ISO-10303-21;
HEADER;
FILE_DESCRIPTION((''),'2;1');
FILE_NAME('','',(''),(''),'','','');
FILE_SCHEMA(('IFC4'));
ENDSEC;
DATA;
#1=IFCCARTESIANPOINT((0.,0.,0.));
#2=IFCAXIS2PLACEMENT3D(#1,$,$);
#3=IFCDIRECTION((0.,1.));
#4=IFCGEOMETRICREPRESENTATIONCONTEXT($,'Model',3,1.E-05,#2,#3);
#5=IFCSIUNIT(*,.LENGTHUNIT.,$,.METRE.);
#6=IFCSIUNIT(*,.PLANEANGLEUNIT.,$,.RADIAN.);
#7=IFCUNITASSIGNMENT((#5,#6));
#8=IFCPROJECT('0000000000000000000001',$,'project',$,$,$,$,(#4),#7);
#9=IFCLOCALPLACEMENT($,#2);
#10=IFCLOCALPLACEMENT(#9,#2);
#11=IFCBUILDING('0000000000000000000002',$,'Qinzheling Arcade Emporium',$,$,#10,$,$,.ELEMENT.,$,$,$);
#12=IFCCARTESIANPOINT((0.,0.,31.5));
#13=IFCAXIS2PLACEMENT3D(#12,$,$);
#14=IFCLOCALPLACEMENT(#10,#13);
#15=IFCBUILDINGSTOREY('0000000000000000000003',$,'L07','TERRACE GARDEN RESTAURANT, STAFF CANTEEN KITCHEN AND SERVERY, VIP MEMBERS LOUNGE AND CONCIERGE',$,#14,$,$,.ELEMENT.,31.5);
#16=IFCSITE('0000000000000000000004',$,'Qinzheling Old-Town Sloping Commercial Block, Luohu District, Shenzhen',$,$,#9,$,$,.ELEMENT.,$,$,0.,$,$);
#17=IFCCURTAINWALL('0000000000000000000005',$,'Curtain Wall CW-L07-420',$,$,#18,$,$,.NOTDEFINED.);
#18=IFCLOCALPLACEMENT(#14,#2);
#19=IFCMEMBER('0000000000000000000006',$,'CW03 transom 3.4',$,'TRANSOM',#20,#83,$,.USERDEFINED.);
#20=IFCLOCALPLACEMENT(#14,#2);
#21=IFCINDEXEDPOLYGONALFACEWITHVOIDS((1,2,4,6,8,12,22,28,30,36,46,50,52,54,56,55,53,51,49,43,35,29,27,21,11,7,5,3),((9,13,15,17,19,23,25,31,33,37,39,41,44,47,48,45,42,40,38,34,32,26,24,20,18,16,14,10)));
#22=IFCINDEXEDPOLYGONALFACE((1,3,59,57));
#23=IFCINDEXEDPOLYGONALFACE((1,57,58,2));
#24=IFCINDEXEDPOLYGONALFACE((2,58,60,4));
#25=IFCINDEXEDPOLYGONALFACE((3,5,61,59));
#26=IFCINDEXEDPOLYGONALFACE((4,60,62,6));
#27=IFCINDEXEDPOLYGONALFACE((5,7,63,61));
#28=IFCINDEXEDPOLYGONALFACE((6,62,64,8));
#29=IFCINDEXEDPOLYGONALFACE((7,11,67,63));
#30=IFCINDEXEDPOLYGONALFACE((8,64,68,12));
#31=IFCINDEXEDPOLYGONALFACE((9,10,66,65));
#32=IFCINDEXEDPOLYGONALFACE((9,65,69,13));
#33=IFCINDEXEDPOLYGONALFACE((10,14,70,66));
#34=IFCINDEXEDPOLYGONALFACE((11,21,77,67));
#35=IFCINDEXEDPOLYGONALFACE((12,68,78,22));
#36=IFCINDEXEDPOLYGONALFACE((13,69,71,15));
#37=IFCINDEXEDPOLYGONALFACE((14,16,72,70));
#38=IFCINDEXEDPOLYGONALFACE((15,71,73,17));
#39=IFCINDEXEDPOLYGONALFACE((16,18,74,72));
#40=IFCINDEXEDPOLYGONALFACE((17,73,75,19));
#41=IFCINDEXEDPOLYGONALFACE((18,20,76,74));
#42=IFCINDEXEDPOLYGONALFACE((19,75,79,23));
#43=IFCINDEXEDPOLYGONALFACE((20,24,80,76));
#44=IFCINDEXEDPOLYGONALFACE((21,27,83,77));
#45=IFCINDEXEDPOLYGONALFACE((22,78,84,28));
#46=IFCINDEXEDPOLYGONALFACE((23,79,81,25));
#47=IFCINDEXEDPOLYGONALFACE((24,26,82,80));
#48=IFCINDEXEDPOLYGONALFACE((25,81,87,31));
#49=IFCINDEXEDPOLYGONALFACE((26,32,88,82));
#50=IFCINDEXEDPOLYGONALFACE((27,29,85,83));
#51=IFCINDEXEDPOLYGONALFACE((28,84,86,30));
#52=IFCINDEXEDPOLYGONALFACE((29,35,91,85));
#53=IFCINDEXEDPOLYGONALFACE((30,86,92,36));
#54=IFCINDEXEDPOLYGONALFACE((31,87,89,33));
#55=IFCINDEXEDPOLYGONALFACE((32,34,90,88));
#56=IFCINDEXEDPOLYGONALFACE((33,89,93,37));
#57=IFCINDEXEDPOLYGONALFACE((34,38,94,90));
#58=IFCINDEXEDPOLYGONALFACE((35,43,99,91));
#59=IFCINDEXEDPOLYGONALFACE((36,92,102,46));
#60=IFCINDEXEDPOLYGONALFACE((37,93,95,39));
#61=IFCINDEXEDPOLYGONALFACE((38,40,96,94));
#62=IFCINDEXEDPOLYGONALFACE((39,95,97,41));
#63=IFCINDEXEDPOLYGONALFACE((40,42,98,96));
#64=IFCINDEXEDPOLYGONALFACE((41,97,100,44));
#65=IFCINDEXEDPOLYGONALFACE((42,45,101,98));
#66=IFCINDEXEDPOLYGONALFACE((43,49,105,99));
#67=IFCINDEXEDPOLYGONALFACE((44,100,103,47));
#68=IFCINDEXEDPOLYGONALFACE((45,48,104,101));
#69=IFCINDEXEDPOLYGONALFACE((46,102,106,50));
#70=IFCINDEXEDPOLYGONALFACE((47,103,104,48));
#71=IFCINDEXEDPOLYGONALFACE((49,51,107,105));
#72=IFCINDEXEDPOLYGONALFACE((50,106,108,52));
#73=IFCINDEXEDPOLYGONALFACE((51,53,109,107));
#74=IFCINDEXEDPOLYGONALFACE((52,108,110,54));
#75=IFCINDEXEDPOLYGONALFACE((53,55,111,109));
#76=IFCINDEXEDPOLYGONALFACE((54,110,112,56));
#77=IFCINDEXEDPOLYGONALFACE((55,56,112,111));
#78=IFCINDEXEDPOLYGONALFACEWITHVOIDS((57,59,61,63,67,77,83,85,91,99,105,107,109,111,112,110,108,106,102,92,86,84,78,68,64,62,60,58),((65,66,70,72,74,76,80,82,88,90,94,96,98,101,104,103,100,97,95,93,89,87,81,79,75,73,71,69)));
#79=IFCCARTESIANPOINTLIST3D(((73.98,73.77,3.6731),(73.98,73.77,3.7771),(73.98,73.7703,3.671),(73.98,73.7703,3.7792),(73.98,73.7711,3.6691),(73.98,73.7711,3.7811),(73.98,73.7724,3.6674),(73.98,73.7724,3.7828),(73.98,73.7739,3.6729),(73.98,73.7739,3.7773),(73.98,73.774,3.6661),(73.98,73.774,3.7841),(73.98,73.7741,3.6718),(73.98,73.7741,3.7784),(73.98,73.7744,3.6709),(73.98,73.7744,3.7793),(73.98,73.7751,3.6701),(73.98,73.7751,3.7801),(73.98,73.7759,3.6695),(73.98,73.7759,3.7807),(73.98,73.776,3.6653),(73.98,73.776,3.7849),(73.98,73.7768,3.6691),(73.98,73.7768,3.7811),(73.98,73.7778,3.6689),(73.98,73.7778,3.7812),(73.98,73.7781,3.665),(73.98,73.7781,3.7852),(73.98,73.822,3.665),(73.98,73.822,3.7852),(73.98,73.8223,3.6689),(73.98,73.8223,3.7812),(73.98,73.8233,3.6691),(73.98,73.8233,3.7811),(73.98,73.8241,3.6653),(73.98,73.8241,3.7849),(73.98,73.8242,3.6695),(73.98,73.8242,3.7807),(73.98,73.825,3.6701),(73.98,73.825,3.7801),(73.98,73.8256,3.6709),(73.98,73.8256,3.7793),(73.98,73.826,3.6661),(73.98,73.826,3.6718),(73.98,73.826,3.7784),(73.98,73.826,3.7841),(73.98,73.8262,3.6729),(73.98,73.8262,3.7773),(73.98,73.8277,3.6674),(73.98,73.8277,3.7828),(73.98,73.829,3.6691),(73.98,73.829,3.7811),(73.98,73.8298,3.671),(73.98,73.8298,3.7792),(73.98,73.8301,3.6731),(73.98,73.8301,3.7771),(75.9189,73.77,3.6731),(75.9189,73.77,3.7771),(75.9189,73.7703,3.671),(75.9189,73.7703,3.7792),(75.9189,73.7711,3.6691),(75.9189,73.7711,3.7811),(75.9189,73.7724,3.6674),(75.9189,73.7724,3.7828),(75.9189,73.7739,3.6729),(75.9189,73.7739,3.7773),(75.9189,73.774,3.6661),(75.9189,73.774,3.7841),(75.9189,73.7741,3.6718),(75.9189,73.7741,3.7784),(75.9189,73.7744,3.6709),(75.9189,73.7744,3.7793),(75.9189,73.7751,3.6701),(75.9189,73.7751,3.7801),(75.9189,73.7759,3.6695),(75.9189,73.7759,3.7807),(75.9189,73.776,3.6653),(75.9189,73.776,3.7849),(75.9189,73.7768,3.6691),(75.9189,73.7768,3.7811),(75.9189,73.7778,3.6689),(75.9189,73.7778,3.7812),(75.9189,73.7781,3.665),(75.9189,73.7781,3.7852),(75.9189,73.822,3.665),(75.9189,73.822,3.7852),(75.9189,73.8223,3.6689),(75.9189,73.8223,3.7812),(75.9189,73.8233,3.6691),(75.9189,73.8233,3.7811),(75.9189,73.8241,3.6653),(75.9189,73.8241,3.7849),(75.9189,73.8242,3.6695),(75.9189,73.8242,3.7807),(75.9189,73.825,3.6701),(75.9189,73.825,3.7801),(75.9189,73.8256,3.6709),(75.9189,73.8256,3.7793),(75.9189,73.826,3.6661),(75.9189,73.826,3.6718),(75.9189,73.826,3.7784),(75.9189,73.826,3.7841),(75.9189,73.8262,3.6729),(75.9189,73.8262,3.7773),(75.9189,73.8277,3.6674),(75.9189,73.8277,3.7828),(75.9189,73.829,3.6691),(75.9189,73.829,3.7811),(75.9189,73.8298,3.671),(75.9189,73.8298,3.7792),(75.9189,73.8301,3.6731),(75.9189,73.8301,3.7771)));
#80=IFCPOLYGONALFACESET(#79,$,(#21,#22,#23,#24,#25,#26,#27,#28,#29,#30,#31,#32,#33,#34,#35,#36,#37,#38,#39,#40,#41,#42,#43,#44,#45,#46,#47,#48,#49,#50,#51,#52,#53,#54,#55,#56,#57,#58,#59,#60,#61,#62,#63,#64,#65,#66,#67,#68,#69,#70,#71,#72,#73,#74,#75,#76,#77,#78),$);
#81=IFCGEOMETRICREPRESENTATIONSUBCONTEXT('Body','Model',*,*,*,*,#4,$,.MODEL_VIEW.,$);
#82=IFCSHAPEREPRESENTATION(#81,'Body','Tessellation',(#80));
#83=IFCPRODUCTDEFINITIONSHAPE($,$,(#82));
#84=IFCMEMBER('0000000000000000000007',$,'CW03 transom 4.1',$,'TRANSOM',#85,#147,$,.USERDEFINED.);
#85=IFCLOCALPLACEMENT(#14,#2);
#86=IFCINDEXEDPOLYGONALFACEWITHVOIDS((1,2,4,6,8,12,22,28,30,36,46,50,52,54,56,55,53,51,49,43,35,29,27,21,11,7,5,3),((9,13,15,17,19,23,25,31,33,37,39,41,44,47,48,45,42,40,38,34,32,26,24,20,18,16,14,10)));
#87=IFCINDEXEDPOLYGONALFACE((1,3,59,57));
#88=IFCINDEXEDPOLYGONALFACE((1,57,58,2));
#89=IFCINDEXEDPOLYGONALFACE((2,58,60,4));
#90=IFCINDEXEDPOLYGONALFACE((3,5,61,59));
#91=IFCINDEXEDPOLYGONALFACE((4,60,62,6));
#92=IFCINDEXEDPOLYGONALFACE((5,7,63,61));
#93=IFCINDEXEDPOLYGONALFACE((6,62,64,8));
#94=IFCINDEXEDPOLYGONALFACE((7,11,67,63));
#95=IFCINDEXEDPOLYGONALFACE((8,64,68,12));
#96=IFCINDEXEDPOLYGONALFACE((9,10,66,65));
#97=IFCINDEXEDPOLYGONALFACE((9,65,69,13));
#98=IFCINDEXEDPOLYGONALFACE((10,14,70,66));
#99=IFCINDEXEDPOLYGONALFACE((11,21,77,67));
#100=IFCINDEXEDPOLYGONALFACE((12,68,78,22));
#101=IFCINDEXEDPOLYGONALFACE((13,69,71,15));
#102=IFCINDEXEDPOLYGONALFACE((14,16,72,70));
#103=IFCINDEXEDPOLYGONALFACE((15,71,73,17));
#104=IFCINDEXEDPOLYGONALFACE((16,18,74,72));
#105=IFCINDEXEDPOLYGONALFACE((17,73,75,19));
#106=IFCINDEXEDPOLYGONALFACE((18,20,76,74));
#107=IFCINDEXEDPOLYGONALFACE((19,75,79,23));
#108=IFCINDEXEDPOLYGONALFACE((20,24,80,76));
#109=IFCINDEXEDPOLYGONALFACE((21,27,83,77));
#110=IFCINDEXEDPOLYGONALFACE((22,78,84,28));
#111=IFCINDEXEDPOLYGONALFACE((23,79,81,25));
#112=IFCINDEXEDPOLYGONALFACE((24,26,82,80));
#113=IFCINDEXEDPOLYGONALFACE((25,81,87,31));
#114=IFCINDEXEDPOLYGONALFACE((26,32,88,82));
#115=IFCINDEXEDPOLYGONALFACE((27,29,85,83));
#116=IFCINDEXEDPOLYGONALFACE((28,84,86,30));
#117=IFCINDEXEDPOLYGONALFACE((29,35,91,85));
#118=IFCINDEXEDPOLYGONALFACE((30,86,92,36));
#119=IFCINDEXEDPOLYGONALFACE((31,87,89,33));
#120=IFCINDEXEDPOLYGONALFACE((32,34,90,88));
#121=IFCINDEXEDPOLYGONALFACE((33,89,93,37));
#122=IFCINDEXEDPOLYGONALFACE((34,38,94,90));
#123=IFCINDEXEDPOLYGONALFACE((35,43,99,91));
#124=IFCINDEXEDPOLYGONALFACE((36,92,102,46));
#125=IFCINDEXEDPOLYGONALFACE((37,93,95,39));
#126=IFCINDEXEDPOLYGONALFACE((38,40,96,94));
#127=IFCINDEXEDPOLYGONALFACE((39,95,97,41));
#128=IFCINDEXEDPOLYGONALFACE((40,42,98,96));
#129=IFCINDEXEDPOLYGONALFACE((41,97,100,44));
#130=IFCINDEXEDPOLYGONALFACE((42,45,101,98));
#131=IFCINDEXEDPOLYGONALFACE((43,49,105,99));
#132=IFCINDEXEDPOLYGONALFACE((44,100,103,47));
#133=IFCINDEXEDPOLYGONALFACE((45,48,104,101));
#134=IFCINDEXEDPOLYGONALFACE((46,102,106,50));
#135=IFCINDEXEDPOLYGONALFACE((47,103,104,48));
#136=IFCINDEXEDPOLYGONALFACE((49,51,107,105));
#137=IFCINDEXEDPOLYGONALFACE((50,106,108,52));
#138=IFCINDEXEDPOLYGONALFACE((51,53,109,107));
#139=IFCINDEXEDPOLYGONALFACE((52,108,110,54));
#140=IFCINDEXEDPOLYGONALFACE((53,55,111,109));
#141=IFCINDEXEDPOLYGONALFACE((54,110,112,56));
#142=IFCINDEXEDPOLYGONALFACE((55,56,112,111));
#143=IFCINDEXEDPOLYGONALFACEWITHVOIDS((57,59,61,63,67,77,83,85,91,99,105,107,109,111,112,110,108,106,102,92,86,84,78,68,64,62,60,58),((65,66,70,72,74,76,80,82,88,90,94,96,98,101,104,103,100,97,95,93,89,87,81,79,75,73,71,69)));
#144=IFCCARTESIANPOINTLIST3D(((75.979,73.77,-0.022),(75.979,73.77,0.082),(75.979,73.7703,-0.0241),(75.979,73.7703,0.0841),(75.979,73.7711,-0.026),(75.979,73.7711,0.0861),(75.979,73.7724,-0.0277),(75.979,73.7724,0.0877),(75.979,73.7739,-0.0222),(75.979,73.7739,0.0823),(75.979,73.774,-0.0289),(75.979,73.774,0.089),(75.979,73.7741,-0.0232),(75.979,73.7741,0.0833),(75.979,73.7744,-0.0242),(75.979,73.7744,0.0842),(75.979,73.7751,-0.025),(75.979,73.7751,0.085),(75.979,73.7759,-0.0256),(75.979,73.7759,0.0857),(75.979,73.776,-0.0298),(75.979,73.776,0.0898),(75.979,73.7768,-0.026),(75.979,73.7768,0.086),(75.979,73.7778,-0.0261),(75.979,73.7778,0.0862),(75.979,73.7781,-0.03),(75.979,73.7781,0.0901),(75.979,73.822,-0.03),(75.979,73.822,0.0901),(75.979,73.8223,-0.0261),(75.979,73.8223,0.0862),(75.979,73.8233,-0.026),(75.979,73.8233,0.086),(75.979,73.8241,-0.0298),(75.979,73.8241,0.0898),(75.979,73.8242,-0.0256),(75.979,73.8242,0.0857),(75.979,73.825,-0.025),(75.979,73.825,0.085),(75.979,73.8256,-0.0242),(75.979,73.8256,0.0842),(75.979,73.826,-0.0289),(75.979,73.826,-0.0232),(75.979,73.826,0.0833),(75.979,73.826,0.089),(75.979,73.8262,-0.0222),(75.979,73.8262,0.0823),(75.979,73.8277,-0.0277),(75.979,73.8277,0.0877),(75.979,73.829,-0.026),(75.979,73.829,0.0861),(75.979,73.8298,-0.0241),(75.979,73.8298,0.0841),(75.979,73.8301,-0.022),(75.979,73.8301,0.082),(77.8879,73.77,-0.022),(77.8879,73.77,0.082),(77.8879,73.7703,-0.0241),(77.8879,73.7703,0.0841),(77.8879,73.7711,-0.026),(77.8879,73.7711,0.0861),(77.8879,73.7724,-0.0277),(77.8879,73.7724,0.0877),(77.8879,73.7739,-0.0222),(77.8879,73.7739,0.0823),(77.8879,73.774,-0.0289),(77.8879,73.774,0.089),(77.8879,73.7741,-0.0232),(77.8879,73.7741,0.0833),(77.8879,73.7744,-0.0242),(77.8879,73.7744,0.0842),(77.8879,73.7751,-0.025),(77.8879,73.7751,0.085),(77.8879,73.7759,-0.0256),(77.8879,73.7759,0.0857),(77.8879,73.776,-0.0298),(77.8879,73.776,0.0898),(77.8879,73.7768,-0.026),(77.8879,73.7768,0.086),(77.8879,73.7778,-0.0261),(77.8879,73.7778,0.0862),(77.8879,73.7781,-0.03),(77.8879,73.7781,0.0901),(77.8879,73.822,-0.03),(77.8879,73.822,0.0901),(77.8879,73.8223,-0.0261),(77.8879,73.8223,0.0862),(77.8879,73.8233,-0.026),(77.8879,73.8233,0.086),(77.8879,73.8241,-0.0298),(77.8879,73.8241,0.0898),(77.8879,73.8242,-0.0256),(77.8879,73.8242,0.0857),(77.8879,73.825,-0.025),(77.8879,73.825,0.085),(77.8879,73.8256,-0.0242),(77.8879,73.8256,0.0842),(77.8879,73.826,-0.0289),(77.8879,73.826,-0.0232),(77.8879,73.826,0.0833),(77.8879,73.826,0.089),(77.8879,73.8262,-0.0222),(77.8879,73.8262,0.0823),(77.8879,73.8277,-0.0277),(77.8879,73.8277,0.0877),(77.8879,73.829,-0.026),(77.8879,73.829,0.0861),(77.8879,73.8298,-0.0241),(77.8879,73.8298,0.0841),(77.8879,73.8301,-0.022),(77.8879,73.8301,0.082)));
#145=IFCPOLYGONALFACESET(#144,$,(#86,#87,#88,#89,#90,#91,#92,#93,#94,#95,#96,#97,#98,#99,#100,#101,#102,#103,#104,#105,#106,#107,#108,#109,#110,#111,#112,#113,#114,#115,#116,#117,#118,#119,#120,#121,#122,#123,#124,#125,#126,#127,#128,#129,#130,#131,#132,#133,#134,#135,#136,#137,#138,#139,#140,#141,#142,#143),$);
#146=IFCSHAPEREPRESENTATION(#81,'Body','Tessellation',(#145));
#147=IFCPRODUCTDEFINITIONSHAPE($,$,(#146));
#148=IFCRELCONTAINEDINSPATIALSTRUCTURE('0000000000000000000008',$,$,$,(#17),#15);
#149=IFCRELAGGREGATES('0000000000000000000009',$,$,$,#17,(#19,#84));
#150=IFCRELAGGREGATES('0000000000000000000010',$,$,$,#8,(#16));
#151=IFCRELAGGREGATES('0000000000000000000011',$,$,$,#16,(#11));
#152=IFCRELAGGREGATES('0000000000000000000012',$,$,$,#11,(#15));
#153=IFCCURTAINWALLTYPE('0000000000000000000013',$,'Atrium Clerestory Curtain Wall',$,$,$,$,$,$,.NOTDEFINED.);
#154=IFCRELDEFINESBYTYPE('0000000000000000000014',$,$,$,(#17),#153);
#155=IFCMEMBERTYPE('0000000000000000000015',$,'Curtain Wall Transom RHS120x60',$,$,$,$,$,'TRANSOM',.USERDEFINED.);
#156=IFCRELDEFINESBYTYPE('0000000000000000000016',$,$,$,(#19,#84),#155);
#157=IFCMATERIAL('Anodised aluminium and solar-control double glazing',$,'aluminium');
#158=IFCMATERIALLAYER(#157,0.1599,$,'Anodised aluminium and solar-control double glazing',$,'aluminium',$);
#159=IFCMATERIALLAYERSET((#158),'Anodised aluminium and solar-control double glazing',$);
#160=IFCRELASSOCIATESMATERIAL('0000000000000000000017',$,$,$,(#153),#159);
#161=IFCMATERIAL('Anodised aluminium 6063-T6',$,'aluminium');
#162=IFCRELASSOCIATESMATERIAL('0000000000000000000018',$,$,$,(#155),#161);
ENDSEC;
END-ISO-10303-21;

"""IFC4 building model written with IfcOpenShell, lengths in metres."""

from ifc_helpers import new_model, si_unit, direction, frame, origin, origin_2d, place, context, subcontext, project, spatial, hollow_rectangle, extrude, material, layer, layer_set, material_profile, profile_set, type_object, element, aggregate, save


model = new_model("IFC4")

# Units and contexts
model_context = context("Model", 3, precision=1e-05, world=origin(), true_north=direction((0.0, 1.0)))
body_context = subcontext(model_context, "Body", "Model", "MODEL_VIEW")
ifc_project = project(units=[si_unit("LENGTHUNIT", "METRE"), si_unit("PLANEANGLEUNIT", "RADIAN")], contexts=[model_context])

# Site, building, storey
site_placement = place(None, origin())
site = spatial("IfcSite", under=ifc_project, at=site_placement, Name="Qinzheling Old-Town Sloping Commercial Block, Luohu District, Shenzhen", CompositionType="ELEMENT", RefElevation=0.0)
building_placement = place(site_placement, origin())
building = spatial("IfcBuilding", under=site, at=building_placement, Name="Qinzheling Arcade Emporium", CompositionType="ELEMENT")
storey_placement = place(building_placement, frame((0.0, 0.0, 31.5)))
storey = spatial("IfcBuildingStorey", under=building, at=storey_placement, Name="L07", Description="TERRACE GARDEN RESTAURANT, STAFF CANTEEN KITCHEN AND SERVERY, VIP MEMBERS LOUNGE AND CONCIERGE", CompositionType="ELEMENT", Elevation=31.5)

# Curtain wall
ifc_material_1 = material(Name="Anodised aluminium and solar-control double glazing", Category="aluminium")
ifc_layer_1 = layer(ifc_material_1, 0.1599, Name="Anodised aluminium and solar-control double glazing", Category="aluminium")
ifc_layer_set_1 = layer_set([ifc_layer_1], Name="Anodised aluminium and solar-control double glazing")
curtain_wall_type = type_object("IfcCurtainWallType", Name="Atrium Clerestory Curtain Wall", PredefinedType="NOTDEFINED", material=ifc_layer_set_1)
curtain_wall_1_placement = place(storey_placement, origin())
curtain_wall_1 = element("IfcCurtainWall", 1, at=curtain_wall_1_placement, inside=storey, type_object=curtain_wall_type, Name="Curtain Wall CW-L07-420", PredefinedType="NOTDEFINED")
ifc_material_2 = material(Name="Anodised aluminium 6063-T6", Category="aluminium")

# Members
ifc_material_profile_1 = material_profile(ifc_material_2, hollow_rectangle(XDim=0.0601, YDim=0.1201, WallThickness=0.0039, InnerFilletRadius=0.0039, OuterFilletRadius=0.0081, at=origin_2d()), Name="RHS 120x60x4", Category="aluminium")
ifc_profile_set_1 = profile_set([ifc_material_profile_1], Name="Anodised aluminium 6063-T6")
member_type_1 = type_object("IfcMemberType", Name="Curtain Wall Transom RHS120x60", ElementType="TRANSOM", PredefinedType="USERDEFINED", material=ifc_profile_set_1)
member_1_placement = place(storey_placement, frame((73.98, 73.8, 3.7251), z_axis=(1.0, 0.0, 0.0), x_axis=(0.0, 1.0, 0.0)))
member_1 = element("IfcMember", 2, at=member_1_placement, type_object=member_type_1, Name="CW03 transom 3.4", ObjectType="TRANSOM", PredefinedType="USERDEFINED", context=body_context, shape_type="SweptSolid", body=[
    extrude(hollow_rectangle(XDim=0.0601, YDim=0.1201, WallThickness=0.0039, InnerFilletRadius=0.0039, OuterFilletRadius=0.0081, at=origin_2d()), origin(), (0.0, 0.0, 1.0), 1.939),
])
member_2_placement = place(storey_placement, frame((75.979, 73.8, 0.03), z_axis=(1.0, 0.0, 0.0), x_axis=(0.0, 1.0, 0.0)))
member_2 = element("IfcMember", 3, at=member_2_placement, type_object=member_type_1, Name="CW03 transom 4.1", ObjectType="TRANSOM", PredefinedType="USERDEFINED", context=body_context, shape_type="SweptSolid", body=[
    extrude(hollow_rectangle(XDim=0.0601, YDim=0.1201, WallThickness=0.0039, InnerFilletRadius=0.0039, OuterFilletRadius=0.0081, at=origin_2d()), origin(), (0.0, 0.0, 1.0), 1.9089),
])

aggregate(curtain_wall_1, [member_1, member_2])

save(model, "model.ifc")
